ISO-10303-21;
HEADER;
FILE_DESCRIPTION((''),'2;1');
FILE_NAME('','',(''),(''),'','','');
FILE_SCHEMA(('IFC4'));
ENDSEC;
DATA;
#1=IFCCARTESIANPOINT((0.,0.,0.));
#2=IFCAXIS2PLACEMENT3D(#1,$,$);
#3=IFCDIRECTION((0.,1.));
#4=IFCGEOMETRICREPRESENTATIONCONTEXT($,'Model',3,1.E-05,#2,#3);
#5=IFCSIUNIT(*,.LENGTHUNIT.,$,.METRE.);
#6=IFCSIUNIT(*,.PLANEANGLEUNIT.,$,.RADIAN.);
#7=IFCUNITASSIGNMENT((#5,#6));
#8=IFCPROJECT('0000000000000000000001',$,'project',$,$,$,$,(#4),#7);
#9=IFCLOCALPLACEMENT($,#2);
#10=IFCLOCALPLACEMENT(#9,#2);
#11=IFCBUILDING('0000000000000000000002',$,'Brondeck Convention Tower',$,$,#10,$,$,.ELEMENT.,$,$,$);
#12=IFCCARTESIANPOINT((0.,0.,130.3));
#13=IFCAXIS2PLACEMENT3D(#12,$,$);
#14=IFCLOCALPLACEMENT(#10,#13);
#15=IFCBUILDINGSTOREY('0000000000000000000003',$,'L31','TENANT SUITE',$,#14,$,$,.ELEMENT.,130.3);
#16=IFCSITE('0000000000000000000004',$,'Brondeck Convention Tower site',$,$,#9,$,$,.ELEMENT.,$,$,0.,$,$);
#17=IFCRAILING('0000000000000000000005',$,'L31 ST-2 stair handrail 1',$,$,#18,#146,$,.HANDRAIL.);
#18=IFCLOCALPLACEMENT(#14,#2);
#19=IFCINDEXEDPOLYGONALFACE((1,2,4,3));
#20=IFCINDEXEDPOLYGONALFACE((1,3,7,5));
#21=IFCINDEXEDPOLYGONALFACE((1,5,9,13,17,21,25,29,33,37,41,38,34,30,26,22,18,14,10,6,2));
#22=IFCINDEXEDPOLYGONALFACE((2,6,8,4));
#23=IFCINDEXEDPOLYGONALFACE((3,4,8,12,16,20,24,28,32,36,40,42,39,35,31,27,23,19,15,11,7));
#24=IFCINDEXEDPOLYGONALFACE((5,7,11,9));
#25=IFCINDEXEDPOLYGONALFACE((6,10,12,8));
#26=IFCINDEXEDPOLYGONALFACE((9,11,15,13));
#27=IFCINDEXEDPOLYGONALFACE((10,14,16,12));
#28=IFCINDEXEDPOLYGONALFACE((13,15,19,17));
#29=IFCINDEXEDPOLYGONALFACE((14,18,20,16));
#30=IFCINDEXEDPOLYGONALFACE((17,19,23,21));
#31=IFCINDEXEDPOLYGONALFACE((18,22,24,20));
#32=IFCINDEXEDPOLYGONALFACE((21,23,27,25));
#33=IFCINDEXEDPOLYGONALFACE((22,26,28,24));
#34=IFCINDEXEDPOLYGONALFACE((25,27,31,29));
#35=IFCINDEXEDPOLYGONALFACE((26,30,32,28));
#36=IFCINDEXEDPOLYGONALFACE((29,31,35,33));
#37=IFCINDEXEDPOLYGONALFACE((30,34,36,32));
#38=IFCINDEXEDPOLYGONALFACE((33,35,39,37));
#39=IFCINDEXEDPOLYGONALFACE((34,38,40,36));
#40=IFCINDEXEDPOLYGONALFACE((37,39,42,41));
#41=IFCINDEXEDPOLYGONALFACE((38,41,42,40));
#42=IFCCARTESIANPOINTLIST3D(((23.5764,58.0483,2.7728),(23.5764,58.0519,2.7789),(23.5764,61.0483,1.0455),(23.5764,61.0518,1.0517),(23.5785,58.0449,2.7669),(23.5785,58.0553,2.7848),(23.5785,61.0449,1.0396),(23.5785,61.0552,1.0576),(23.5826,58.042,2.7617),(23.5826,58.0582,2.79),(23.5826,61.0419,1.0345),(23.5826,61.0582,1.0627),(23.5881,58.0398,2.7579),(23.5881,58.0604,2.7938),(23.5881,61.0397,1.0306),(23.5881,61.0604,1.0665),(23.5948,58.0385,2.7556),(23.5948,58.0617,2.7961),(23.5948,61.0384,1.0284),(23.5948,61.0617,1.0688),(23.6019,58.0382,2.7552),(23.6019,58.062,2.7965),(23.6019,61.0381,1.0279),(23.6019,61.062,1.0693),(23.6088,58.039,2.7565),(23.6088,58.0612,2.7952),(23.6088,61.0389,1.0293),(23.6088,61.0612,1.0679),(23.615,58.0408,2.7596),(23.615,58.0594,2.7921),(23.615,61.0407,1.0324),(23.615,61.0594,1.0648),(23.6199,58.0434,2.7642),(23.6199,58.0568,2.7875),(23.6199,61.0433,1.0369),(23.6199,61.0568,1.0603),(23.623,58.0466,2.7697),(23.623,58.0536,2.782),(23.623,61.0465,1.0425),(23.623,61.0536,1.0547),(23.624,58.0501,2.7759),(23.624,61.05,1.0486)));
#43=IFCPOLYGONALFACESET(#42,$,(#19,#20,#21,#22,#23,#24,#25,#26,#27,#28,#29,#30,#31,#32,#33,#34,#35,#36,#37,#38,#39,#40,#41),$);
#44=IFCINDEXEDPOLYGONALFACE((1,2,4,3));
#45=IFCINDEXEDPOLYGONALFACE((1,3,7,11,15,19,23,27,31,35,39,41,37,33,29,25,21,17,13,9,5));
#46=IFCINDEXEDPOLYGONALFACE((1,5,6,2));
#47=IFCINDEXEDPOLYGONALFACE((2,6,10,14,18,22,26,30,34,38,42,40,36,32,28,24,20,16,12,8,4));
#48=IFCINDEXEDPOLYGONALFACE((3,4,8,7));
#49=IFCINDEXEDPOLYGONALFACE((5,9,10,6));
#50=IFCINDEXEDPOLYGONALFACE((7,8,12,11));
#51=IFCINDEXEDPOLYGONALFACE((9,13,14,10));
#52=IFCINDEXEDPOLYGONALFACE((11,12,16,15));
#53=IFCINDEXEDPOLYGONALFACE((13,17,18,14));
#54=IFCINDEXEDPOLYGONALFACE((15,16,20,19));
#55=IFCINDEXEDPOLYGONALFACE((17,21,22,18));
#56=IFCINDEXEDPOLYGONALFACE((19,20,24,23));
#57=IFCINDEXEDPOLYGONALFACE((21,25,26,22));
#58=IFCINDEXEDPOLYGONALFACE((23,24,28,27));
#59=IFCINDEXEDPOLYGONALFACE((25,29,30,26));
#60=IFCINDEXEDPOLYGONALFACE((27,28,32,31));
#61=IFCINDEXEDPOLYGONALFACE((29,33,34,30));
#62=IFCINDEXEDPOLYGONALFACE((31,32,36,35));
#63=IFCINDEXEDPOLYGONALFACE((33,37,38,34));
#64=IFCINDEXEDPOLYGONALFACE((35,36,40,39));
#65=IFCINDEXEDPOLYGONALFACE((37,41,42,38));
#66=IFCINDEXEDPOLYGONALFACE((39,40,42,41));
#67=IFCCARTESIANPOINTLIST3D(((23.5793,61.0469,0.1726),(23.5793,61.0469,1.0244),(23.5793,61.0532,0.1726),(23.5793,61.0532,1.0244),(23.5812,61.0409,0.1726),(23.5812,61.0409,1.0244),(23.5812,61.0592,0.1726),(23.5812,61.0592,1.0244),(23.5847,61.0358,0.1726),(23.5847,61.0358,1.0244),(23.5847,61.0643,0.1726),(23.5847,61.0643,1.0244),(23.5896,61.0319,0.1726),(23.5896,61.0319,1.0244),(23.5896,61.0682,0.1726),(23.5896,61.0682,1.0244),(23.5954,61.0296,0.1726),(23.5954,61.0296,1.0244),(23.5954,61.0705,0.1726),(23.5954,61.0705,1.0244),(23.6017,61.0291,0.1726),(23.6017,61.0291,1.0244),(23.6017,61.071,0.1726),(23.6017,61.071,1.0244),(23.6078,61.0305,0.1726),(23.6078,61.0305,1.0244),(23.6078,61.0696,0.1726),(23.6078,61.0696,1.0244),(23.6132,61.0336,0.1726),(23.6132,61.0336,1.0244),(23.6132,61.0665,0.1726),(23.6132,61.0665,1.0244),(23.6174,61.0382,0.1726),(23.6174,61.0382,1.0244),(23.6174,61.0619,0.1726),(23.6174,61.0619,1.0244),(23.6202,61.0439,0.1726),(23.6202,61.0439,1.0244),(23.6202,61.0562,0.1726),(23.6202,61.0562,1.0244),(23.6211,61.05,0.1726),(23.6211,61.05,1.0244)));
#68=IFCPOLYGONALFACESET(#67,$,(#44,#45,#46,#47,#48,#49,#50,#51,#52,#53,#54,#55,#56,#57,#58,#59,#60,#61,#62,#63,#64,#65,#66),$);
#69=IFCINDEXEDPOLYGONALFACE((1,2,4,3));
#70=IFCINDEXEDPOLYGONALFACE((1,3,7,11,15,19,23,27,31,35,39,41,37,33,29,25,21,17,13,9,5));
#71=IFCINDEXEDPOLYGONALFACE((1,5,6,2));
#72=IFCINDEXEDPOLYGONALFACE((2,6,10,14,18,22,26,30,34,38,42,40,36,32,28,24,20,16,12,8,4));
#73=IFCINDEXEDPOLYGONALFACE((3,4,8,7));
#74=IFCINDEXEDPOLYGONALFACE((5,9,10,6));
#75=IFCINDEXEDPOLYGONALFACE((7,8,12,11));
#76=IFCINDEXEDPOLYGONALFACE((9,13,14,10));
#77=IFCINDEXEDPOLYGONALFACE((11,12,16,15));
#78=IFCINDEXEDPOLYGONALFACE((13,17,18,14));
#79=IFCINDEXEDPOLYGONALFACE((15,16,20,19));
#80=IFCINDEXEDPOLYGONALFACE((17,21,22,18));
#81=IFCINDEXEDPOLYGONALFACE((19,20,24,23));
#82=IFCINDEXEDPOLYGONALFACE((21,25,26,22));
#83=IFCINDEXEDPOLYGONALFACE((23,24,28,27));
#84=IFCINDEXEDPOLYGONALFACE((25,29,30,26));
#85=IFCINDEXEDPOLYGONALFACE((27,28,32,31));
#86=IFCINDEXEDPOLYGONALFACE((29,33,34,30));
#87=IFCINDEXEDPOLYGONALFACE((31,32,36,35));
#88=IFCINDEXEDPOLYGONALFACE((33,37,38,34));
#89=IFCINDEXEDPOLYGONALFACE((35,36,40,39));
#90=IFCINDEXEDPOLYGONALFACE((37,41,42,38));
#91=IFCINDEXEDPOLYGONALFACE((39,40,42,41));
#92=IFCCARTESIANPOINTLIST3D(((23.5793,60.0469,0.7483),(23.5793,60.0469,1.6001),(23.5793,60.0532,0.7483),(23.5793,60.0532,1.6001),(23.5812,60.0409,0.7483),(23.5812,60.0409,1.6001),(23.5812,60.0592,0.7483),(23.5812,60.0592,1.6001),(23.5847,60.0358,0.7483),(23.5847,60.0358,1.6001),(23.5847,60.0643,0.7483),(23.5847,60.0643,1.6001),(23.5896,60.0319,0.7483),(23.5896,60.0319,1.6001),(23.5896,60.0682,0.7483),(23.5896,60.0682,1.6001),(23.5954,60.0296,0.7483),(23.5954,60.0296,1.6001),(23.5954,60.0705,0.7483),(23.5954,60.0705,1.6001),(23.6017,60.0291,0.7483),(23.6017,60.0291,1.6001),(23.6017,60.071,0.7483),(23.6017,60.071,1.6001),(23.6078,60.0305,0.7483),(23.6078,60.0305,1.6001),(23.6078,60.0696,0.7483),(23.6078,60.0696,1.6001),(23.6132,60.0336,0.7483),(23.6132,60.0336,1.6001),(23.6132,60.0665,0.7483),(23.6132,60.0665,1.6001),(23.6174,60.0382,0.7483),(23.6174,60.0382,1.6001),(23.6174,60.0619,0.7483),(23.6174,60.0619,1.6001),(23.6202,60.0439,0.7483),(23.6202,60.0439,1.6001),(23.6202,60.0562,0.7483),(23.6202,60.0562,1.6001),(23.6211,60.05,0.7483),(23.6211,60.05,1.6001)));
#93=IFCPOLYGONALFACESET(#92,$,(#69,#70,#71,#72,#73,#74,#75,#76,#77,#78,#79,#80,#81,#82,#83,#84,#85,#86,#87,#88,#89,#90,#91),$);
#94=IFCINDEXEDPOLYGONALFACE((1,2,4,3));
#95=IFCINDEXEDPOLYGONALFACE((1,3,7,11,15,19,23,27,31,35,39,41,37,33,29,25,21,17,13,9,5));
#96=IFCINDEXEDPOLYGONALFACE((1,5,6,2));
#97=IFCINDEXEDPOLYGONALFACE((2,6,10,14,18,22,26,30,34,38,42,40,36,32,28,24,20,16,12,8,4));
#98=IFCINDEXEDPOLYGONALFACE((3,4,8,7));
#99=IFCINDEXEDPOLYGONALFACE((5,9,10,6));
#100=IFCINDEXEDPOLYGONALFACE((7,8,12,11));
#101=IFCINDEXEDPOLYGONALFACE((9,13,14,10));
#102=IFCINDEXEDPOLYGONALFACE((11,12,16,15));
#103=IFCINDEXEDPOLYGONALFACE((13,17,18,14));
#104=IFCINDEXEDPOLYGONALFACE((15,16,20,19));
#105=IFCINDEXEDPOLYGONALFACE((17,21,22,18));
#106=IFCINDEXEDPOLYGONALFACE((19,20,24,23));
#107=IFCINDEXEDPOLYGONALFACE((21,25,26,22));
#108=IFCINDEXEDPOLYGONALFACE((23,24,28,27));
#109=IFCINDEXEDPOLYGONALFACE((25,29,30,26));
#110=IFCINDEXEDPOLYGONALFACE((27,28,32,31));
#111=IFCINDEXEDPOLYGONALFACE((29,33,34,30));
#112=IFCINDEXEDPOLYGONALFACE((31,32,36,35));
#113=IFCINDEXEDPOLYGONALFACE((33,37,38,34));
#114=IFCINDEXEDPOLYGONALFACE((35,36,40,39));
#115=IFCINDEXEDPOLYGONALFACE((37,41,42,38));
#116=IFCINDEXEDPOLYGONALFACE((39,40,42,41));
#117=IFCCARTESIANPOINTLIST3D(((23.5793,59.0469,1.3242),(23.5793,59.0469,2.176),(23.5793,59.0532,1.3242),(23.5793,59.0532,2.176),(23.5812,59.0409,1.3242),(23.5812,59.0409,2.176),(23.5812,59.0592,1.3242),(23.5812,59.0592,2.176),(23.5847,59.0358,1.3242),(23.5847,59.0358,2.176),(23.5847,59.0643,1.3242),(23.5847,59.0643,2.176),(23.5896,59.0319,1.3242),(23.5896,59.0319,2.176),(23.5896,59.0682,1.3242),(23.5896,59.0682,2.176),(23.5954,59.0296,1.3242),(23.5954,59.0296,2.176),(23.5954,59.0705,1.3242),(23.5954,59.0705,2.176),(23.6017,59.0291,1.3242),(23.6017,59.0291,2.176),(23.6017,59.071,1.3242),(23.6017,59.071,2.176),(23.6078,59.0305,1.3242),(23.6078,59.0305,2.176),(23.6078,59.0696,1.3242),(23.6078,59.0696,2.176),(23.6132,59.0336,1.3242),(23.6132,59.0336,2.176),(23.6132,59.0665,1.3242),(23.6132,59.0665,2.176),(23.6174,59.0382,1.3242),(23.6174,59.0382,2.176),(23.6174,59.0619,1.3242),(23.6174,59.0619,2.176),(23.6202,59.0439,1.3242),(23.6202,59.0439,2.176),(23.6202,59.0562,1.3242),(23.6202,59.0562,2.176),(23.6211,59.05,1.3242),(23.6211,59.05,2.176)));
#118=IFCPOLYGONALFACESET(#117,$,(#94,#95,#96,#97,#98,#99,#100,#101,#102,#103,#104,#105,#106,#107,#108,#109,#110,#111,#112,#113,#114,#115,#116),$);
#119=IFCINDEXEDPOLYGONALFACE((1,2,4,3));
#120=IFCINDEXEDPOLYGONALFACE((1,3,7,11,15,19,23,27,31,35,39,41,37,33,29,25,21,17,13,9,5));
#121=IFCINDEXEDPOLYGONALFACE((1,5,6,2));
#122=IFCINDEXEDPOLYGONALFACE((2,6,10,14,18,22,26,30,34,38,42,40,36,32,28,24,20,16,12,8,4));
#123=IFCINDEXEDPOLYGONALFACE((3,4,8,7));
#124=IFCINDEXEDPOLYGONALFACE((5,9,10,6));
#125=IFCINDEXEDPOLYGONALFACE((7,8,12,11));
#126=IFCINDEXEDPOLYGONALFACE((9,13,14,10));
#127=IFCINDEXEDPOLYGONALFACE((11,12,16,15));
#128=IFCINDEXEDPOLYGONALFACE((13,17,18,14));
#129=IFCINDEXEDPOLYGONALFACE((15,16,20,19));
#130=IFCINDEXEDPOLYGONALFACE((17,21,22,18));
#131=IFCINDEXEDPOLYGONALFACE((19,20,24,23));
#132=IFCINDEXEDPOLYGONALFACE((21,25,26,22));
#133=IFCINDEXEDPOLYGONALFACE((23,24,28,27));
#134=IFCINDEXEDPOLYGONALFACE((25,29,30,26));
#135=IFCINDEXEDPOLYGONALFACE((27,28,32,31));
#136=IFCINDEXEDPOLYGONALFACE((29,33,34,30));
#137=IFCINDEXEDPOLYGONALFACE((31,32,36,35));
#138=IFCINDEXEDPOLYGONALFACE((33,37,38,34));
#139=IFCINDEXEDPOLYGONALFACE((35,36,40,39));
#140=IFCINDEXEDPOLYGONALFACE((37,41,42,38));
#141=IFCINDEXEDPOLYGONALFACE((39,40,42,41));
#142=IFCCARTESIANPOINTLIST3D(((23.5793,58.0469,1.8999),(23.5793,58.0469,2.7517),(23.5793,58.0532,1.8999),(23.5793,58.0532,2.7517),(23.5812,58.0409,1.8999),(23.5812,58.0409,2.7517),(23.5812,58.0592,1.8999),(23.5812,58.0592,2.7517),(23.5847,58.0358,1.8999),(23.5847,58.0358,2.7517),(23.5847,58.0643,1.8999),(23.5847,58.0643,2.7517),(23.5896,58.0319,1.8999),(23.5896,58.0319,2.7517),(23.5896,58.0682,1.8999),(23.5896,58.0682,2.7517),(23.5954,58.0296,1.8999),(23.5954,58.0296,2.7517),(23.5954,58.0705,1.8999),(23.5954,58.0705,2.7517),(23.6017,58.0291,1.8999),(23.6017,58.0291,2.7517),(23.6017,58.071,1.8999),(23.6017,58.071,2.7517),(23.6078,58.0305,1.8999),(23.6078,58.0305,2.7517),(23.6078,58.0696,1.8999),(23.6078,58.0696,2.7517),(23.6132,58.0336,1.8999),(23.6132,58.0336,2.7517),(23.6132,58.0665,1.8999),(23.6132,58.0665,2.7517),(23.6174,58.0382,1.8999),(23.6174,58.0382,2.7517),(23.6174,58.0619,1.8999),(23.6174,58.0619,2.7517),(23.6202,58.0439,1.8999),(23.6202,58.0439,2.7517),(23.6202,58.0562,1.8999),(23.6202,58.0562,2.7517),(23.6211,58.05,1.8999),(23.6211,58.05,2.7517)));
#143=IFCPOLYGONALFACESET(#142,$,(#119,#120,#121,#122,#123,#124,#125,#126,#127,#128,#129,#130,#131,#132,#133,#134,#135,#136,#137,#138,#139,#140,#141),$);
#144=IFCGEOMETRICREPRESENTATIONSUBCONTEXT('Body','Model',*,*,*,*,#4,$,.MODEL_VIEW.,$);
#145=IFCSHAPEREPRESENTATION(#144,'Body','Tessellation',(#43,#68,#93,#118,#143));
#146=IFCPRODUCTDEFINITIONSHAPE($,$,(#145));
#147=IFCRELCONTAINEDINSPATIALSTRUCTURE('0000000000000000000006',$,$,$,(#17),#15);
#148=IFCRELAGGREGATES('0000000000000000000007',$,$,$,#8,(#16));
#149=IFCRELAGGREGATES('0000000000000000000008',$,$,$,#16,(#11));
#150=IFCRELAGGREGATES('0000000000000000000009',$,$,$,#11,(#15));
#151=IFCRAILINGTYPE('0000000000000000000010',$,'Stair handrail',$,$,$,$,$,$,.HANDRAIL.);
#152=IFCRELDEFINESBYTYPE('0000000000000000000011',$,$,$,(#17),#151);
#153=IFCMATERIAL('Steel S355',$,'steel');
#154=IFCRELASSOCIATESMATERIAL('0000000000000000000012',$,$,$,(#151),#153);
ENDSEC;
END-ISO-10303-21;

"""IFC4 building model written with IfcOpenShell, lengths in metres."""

from ifc_helpers import new_model, si_unit, direction, frame, origin, origin_2d, place, context, subcontext, project, spatial, circle, extrude, material, type_object, element, save


model = new_model("IFC4")

# Units and contexts
model_context = context("Model", 3, precision=1e-05, world=origin(), true_north=direction((0.0, 1.0)))
body_context = subcontext(model_context, "Body", "Model", "MODEL_VIEW")
ifc_project = project(units=[si_unit("LENGTHUNIT", "METRE"), si_unit("PLANEANGLEUNIT", "RADIAN")], contexts=[model_context])

# Site, building, storey
site_placement = place(None, origin())
site = spatial("IfcSite", under=ifc_project, at=site_placement, Name="Brondeck Convention Tower site", CompositionType="ELEMENT", RefElevation=0.0)
building_placement = place(site_placement, origin())
building = spatial("IfcBuilding", under=site, at=building_placement, Name="Brondeck Convention Tower", CompositionType="ELEMENT")
storey_placement = place(building_placement, frame((0.0, 0.0, 130.3)))
storey = spatial("IfcBuildingStorey", under=building, at=storey_placement, Name="L31", Description="TENANT SUITE", CompositionType="ELEMENT", Elevation=130.3)

# Railing
ifc_material_1 = material(Name="Steel S355", Category="steel")
railing_type_1 = type_object("IfcRailingType", Name="Stair handrail", PredefinedType="HANDRAIL", material=ifc_material_1)
railing_1_placement = place(storey_placement, frame((23.6001, 61.05, 0.1726)))
element("IfcRailing", 1, at=railing_1_placement, inside=storey, type_object=railing_type_1, Name="L31 ST-2 stair handrail 1", PredefinedType="HANDRAIL", context=body_context, shape_type="SweptSolid", body=[
    extrude(circle(Radius=0.0239, at=origin_2d()), frame((0.0, 0.0, 0.876), z_axis=(0.0, -0.86662, 0.498969), x_axis=(1.0, 0.0, 0.0)), (0.0, 0.0, 1.0), 3.4617),
    extrude(circle(Radius=0.021, at=origin_2d()), origin(), (0.0, 0.0, 1.0), 0.8518),
    extrude(circle(Radius=0.021, at=origin_2d()), frame((0.0, -1.0, 0.5757)), (0.0, 0.0, 1.0), 0.8518),
    extrude(circle(Radius=0.021, at=origin_2d()), frame((0.0, -2.0, 1.1516)), (0.0, 0.0, 1.0), 0.8518),
    extrude(circle(Radius=0.021, at=origin_2d()), frame((0.0, -3.0, 1.7273)), (0.0, 0.0, 1.0), 0.8518),
])

save(model, "model.ifc")
